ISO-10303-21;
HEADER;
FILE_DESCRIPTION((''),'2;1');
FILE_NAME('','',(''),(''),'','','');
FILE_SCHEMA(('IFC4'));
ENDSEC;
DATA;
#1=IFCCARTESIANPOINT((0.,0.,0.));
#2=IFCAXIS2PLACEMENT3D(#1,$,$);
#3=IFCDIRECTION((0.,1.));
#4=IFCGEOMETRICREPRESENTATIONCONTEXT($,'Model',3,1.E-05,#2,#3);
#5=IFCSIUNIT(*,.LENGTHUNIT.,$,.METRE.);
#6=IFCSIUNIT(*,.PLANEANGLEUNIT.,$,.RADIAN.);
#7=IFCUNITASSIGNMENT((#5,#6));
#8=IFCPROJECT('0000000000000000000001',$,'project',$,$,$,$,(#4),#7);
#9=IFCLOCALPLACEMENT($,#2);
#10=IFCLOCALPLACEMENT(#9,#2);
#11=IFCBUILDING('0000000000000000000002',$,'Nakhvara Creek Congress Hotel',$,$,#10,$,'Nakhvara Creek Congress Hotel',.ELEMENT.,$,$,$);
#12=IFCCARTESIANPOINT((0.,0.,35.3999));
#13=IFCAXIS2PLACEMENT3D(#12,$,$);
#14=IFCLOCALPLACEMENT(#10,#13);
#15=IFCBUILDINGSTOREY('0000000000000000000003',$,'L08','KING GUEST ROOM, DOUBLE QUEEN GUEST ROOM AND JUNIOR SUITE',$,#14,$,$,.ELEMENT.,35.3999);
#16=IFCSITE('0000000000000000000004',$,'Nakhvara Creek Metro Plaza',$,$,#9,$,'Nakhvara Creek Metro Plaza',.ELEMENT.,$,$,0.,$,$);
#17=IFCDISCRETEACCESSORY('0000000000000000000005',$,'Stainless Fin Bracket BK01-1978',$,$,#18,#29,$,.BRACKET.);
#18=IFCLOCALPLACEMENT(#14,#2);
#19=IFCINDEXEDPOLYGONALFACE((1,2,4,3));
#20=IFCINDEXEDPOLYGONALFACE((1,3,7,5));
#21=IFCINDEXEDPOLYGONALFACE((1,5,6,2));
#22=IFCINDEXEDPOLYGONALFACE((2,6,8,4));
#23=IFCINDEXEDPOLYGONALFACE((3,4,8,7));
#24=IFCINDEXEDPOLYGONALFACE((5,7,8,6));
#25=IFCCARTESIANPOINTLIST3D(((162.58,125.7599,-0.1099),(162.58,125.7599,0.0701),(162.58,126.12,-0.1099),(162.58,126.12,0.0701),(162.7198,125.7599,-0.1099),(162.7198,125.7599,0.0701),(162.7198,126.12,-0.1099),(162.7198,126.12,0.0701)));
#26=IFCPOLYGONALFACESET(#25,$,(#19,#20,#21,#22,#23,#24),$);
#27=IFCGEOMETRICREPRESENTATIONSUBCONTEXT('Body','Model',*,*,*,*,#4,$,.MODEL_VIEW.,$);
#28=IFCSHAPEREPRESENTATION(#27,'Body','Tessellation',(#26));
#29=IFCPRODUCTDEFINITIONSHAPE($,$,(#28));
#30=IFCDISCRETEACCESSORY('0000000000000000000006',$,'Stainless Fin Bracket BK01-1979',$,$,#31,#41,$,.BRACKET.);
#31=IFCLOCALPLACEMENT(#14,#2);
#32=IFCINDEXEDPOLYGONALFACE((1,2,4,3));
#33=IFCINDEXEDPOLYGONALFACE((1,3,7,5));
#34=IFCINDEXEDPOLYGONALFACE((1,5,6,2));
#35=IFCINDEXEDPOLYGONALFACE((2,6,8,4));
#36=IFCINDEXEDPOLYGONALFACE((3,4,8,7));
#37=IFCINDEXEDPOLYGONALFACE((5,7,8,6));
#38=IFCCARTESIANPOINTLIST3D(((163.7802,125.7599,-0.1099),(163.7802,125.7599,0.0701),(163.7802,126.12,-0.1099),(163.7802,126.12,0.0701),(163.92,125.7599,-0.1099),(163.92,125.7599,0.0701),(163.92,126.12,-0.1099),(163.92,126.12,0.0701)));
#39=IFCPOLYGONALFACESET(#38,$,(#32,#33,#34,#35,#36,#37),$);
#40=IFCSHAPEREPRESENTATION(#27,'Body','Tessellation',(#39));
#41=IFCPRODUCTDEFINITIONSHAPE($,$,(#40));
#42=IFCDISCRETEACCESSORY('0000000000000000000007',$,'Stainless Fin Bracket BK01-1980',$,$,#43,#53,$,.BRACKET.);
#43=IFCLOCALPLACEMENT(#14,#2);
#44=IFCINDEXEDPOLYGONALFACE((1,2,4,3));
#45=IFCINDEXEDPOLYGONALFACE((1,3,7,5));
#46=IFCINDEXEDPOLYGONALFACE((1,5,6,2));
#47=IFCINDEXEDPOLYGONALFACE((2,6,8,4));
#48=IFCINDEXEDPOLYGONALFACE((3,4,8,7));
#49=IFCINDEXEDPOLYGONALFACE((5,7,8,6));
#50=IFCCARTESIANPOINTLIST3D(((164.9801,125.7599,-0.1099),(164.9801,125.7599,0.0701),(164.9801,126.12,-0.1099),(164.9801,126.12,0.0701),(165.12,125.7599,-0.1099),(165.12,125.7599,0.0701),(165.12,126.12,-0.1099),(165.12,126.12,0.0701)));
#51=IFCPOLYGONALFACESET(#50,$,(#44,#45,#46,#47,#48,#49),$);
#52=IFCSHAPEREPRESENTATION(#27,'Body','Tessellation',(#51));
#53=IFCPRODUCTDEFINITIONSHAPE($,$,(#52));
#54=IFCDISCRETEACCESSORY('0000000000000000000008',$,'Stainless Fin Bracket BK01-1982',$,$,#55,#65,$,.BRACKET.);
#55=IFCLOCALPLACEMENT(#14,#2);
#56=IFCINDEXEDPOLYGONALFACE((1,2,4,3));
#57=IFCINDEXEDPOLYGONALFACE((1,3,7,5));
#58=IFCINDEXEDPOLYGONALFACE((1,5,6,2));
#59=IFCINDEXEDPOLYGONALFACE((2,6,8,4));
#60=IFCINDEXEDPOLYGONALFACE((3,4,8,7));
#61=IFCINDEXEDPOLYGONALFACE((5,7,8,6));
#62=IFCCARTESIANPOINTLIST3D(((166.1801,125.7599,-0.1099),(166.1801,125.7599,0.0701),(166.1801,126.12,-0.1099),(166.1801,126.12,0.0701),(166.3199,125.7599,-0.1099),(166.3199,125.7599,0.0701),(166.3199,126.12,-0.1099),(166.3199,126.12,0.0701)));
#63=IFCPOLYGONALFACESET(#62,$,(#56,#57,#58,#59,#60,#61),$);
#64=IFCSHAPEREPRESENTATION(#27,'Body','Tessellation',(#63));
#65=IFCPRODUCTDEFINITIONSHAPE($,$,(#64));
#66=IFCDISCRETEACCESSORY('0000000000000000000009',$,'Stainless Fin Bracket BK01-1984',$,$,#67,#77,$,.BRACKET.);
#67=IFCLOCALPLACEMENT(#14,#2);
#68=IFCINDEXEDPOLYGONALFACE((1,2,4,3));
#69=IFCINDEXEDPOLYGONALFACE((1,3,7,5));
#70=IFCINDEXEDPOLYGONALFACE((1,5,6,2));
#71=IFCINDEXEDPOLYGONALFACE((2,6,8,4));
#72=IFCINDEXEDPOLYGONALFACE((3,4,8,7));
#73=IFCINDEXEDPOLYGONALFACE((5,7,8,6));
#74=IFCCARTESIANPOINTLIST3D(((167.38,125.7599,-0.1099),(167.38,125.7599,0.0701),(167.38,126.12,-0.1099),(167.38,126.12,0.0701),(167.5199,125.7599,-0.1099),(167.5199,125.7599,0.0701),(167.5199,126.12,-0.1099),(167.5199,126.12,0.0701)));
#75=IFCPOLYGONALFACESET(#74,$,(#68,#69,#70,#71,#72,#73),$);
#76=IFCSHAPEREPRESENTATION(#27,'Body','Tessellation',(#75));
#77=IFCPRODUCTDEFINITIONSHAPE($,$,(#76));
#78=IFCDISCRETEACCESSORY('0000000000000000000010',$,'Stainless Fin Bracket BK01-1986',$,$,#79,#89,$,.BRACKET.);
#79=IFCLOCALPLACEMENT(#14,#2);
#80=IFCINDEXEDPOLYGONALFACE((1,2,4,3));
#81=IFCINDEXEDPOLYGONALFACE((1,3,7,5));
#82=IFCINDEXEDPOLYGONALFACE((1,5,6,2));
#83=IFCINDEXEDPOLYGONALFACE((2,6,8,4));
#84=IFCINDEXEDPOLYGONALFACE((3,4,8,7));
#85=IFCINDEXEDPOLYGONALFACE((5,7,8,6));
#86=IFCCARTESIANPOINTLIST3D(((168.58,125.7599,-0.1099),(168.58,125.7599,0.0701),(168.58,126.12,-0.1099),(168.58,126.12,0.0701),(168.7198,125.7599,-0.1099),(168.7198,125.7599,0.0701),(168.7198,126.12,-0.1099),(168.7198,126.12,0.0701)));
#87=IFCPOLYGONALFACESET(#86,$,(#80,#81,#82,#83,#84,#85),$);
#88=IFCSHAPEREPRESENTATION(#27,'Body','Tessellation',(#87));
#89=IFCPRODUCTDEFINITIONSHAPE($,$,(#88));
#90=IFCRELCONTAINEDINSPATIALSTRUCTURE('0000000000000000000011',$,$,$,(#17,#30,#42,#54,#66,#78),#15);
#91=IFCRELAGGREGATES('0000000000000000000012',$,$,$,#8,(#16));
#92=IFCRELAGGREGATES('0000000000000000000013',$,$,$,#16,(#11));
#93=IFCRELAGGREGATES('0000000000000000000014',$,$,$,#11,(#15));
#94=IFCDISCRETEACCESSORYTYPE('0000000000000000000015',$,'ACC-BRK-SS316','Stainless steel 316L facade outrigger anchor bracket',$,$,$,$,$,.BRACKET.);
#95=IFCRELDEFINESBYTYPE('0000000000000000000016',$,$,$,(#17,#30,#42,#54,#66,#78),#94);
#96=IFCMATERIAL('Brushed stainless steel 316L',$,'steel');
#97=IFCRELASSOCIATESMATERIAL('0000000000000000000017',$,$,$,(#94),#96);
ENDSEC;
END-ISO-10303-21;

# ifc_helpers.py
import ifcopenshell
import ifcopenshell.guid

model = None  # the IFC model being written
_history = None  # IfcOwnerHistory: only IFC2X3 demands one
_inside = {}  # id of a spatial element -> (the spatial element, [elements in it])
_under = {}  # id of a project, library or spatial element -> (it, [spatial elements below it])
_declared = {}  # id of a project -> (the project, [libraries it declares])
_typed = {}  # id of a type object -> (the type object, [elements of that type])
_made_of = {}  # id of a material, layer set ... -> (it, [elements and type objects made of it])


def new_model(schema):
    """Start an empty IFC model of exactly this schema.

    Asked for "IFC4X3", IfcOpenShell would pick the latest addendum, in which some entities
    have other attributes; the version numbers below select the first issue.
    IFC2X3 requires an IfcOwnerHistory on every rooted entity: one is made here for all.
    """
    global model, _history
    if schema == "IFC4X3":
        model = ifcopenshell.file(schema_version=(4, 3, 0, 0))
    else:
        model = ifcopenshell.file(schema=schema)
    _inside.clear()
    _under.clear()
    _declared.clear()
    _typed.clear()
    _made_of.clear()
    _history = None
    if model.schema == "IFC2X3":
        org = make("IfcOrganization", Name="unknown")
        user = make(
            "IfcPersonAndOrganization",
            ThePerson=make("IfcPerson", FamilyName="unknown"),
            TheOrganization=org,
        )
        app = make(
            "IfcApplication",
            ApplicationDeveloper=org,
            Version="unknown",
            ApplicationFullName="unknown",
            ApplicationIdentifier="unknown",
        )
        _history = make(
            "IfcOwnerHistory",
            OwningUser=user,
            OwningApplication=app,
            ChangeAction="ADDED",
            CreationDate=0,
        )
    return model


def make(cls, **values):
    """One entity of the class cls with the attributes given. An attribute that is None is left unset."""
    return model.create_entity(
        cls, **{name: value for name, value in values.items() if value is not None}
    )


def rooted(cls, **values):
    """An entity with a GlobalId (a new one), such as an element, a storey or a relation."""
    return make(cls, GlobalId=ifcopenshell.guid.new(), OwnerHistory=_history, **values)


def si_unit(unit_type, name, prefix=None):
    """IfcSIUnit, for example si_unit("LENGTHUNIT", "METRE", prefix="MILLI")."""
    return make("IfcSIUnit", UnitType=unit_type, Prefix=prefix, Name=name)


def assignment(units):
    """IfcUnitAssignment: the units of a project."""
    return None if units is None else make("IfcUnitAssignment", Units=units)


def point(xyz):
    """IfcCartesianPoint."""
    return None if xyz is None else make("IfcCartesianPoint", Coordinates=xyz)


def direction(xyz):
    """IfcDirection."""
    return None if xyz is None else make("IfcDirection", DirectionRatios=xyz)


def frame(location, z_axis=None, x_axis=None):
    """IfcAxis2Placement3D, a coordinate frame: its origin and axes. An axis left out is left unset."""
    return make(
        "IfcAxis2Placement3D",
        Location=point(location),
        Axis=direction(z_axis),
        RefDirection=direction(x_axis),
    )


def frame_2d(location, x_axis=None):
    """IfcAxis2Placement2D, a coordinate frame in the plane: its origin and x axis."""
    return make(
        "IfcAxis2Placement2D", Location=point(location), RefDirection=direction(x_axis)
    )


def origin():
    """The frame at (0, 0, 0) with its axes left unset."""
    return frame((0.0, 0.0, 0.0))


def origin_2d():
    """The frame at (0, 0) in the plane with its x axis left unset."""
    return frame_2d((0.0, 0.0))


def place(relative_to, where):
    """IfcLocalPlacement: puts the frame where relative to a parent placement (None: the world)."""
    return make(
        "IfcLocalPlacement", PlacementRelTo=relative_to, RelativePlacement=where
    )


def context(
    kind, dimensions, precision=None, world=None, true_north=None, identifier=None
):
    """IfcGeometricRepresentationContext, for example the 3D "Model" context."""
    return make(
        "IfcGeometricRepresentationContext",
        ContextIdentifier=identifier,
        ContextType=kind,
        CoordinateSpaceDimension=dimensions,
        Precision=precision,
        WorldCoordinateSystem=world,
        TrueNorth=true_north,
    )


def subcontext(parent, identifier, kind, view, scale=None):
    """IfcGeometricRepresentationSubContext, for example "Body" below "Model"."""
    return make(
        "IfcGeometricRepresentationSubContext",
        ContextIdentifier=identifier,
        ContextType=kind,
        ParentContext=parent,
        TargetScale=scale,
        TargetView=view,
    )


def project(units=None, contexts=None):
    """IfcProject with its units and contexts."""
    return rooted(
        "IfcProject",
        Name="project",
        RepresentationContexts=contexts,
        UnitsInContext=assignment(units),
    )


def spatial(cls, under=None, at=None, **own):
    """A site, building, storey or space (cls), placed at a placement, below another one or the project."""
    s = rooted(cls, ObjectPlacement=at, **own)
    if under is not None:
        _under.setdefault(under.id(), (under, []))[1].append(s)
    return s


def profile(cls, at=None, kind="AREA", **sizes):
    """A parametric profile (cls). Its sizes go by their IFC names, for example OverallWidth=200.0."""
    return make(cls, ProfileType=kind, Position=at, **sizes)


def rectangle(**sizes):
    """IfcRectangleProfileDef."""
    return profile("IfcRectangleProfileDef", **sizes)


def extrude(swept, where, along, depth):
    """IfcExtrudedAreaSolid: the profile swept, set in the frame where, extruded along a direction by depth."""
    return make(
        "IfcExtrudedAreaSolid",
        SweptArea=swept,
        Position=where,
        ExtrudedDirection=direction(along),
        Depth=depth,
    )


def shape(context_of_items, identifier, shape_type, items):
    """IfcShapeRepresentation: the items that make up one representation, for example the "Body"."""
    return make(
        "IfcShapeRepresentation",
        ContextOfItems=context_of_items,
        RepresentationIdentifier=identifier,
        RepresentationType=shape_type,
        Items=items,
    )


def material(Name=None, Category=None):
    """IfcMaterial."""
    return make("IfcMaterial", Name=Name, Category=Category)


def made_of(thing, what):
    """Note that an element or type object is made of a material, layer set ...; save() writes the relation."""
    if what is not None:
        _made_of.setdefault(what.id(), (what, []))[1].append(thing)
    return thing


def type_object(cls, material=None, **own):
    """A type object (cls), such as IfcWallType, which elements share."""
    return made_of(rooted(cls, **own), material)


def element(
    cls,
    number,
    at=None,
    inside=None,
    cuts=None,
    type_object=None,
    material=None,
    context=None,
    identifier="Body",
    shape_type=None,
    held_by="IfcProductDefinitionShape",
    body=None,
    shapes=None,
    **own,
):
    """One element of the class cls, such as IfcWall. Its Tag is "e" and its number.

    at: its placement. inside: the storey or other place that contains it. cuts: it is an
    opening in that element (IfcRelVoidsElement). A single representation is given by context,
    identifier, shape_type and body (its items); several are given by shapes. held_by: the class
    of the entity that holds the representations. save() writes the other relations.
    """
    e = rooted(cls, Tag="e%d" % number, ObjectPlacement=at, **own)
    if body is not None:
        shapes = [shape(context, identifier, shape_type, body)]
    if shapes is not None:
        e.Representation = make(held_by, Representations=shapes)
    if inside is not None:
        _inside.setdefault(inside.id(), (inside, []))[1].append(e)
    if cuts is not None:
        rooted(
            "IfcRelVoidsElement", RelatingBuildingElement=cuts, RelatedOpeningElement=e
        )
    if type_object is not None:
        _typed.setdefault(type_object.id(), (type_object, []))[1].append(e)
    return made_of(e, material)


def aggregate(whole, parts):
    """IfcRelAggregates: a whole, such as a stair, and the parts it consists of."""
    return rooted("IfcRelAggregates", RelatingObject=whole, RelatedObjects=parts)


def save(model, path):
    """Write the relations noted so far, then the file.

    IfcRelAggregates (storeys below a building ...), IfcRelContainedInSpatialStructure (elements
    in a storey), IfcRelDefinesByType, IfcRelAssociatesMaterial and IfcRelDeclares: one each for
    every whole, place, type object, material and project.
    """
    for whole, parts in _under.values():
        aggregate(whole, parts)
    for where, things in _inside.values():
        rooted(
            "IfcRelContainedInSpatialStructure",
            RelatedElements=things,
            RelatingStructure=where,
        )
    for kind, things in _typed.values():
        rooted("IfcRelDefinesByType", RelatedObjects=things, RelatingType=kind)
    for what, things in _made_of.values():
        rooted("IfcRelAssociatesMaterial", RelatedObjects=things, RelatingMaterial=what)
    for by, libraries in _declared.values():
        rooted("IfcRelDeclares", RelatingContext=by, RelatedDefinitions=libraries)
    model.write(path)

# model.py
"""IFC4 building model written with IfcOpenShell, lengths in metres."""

from ifc_helpers import new_model, si_unit, direction, frame, origin, origin_2d, place, context, subcontext, project, spatial, rectangle, extrude, material, type_object, element, save


model = new_model("IFC4")

# Units and contexts
model_context = context("Model", 3, precision=1e-05, world=origin(), true_north=direction((0.0, 1.0)))
body_context = subcontext(model_context, "Body", "Model", "MODEL_VIEW")
ifc_project = project(units=[si_unit("LENGTHUNIT", "METRE"), si_unit("PLANEANGLEUNIT", "RADIAN")], contexts=[model_context])

# Site, building, storey
site_placement = place(None, origin())
site = spatial("IfcSite", under=ifc_project, at=site_placement, Name="Nakhvara Creek Metro Plaza", LongName="Nakhvara Creek Metro Plaza", CompositionType="ELEMENT", RefElevation=0.0)
building_placement = place(site_placement, origin())
building = spatial("IfcBuilding", under=site, at=building_placement, Name="Nakhvara Creek Congress Hotel", LongName="Nakhvara Creek Congress Hotel", CompositionType="ELEMENT")
storey_placement = place(building_placement, frame((0.0, 0.0, 35.3999)))
storey = spatial("IfcBuildingStorey", under=building, at=storey_placement, Name="L08", Description="KING GUEST ROOM, DOUBLE QUEEN GUEST ROOM AND JUNIOR SUITE", CompositionType="ELEMENT", Elevation=35.3999)

# Discrete accessories
ifc_material_1 = material(Name="Brushed stainless steel 316L", Category="steel")
discrete_accessory_type = type_object("IfcDiscreteAccessoryType", Name="ACC-BRK-SS316", Description="Stainless steel 316L facade outrigger anchor bracket", PredefinedType="BRACKET", material=ifc_material_1)
for number, where, z_axis, x_axis, name in (
    (1, (162.6499, 125.9399, -0.1099), (0.0, 0.0, 1.0), (1.0, 0.0, 0.0), "Stainless Fin Bracket BK01-1978"),
    (2, (163.8501, 125.9399, -0.1099), (0.0, 0.0, 1.0), (1.0, 0.0, 0.0), "Stainless Fin Bracket BK01-1979"),
    (3, (165.05, 125.9399, -0.1099), (0.0, 0.0, 1.0), (1.0, 0.0, 0.0), "Stainless Fin Bracket BK01-1980"),
    (4, (166.25, 125.9399, -0.1099), (0.0, 0.0, 1.0), (1.0, 0.0, 0.0), "Stainless Fin Bracket BK01-1982"),
    (5, (167.45, 125.9399, -0.1099), (0.0, 0.0, 1.0), (1.0, 0.0, 0.0), "Stainless Fin Bracket BK01-1984"),
    (6, (168.6499, 125.9399, -0.1099), (0.0, 0.0, 1.0), (1.0, 0.0, 0.0), "Stainless Fin Bracket BK01-1986"),
):
    element("IfcDiscreteAccessory", number, at=place(storey_placement, frame(where, z_axis=z_axis, x_axis=x_axis)), inside=storey, type_object=discrete_accessory_type, Name=name, PredefinedType="BRACKET", context=body_context, shape_type="SweptSolid", body=[
        extrude(rectangle(XDim=0.1399, YDim=0.3601, at=origin_2d()), origin(), (0.0, 0.0, 1.0), 0.1799),
    ])

save(model, "model.ifc")
